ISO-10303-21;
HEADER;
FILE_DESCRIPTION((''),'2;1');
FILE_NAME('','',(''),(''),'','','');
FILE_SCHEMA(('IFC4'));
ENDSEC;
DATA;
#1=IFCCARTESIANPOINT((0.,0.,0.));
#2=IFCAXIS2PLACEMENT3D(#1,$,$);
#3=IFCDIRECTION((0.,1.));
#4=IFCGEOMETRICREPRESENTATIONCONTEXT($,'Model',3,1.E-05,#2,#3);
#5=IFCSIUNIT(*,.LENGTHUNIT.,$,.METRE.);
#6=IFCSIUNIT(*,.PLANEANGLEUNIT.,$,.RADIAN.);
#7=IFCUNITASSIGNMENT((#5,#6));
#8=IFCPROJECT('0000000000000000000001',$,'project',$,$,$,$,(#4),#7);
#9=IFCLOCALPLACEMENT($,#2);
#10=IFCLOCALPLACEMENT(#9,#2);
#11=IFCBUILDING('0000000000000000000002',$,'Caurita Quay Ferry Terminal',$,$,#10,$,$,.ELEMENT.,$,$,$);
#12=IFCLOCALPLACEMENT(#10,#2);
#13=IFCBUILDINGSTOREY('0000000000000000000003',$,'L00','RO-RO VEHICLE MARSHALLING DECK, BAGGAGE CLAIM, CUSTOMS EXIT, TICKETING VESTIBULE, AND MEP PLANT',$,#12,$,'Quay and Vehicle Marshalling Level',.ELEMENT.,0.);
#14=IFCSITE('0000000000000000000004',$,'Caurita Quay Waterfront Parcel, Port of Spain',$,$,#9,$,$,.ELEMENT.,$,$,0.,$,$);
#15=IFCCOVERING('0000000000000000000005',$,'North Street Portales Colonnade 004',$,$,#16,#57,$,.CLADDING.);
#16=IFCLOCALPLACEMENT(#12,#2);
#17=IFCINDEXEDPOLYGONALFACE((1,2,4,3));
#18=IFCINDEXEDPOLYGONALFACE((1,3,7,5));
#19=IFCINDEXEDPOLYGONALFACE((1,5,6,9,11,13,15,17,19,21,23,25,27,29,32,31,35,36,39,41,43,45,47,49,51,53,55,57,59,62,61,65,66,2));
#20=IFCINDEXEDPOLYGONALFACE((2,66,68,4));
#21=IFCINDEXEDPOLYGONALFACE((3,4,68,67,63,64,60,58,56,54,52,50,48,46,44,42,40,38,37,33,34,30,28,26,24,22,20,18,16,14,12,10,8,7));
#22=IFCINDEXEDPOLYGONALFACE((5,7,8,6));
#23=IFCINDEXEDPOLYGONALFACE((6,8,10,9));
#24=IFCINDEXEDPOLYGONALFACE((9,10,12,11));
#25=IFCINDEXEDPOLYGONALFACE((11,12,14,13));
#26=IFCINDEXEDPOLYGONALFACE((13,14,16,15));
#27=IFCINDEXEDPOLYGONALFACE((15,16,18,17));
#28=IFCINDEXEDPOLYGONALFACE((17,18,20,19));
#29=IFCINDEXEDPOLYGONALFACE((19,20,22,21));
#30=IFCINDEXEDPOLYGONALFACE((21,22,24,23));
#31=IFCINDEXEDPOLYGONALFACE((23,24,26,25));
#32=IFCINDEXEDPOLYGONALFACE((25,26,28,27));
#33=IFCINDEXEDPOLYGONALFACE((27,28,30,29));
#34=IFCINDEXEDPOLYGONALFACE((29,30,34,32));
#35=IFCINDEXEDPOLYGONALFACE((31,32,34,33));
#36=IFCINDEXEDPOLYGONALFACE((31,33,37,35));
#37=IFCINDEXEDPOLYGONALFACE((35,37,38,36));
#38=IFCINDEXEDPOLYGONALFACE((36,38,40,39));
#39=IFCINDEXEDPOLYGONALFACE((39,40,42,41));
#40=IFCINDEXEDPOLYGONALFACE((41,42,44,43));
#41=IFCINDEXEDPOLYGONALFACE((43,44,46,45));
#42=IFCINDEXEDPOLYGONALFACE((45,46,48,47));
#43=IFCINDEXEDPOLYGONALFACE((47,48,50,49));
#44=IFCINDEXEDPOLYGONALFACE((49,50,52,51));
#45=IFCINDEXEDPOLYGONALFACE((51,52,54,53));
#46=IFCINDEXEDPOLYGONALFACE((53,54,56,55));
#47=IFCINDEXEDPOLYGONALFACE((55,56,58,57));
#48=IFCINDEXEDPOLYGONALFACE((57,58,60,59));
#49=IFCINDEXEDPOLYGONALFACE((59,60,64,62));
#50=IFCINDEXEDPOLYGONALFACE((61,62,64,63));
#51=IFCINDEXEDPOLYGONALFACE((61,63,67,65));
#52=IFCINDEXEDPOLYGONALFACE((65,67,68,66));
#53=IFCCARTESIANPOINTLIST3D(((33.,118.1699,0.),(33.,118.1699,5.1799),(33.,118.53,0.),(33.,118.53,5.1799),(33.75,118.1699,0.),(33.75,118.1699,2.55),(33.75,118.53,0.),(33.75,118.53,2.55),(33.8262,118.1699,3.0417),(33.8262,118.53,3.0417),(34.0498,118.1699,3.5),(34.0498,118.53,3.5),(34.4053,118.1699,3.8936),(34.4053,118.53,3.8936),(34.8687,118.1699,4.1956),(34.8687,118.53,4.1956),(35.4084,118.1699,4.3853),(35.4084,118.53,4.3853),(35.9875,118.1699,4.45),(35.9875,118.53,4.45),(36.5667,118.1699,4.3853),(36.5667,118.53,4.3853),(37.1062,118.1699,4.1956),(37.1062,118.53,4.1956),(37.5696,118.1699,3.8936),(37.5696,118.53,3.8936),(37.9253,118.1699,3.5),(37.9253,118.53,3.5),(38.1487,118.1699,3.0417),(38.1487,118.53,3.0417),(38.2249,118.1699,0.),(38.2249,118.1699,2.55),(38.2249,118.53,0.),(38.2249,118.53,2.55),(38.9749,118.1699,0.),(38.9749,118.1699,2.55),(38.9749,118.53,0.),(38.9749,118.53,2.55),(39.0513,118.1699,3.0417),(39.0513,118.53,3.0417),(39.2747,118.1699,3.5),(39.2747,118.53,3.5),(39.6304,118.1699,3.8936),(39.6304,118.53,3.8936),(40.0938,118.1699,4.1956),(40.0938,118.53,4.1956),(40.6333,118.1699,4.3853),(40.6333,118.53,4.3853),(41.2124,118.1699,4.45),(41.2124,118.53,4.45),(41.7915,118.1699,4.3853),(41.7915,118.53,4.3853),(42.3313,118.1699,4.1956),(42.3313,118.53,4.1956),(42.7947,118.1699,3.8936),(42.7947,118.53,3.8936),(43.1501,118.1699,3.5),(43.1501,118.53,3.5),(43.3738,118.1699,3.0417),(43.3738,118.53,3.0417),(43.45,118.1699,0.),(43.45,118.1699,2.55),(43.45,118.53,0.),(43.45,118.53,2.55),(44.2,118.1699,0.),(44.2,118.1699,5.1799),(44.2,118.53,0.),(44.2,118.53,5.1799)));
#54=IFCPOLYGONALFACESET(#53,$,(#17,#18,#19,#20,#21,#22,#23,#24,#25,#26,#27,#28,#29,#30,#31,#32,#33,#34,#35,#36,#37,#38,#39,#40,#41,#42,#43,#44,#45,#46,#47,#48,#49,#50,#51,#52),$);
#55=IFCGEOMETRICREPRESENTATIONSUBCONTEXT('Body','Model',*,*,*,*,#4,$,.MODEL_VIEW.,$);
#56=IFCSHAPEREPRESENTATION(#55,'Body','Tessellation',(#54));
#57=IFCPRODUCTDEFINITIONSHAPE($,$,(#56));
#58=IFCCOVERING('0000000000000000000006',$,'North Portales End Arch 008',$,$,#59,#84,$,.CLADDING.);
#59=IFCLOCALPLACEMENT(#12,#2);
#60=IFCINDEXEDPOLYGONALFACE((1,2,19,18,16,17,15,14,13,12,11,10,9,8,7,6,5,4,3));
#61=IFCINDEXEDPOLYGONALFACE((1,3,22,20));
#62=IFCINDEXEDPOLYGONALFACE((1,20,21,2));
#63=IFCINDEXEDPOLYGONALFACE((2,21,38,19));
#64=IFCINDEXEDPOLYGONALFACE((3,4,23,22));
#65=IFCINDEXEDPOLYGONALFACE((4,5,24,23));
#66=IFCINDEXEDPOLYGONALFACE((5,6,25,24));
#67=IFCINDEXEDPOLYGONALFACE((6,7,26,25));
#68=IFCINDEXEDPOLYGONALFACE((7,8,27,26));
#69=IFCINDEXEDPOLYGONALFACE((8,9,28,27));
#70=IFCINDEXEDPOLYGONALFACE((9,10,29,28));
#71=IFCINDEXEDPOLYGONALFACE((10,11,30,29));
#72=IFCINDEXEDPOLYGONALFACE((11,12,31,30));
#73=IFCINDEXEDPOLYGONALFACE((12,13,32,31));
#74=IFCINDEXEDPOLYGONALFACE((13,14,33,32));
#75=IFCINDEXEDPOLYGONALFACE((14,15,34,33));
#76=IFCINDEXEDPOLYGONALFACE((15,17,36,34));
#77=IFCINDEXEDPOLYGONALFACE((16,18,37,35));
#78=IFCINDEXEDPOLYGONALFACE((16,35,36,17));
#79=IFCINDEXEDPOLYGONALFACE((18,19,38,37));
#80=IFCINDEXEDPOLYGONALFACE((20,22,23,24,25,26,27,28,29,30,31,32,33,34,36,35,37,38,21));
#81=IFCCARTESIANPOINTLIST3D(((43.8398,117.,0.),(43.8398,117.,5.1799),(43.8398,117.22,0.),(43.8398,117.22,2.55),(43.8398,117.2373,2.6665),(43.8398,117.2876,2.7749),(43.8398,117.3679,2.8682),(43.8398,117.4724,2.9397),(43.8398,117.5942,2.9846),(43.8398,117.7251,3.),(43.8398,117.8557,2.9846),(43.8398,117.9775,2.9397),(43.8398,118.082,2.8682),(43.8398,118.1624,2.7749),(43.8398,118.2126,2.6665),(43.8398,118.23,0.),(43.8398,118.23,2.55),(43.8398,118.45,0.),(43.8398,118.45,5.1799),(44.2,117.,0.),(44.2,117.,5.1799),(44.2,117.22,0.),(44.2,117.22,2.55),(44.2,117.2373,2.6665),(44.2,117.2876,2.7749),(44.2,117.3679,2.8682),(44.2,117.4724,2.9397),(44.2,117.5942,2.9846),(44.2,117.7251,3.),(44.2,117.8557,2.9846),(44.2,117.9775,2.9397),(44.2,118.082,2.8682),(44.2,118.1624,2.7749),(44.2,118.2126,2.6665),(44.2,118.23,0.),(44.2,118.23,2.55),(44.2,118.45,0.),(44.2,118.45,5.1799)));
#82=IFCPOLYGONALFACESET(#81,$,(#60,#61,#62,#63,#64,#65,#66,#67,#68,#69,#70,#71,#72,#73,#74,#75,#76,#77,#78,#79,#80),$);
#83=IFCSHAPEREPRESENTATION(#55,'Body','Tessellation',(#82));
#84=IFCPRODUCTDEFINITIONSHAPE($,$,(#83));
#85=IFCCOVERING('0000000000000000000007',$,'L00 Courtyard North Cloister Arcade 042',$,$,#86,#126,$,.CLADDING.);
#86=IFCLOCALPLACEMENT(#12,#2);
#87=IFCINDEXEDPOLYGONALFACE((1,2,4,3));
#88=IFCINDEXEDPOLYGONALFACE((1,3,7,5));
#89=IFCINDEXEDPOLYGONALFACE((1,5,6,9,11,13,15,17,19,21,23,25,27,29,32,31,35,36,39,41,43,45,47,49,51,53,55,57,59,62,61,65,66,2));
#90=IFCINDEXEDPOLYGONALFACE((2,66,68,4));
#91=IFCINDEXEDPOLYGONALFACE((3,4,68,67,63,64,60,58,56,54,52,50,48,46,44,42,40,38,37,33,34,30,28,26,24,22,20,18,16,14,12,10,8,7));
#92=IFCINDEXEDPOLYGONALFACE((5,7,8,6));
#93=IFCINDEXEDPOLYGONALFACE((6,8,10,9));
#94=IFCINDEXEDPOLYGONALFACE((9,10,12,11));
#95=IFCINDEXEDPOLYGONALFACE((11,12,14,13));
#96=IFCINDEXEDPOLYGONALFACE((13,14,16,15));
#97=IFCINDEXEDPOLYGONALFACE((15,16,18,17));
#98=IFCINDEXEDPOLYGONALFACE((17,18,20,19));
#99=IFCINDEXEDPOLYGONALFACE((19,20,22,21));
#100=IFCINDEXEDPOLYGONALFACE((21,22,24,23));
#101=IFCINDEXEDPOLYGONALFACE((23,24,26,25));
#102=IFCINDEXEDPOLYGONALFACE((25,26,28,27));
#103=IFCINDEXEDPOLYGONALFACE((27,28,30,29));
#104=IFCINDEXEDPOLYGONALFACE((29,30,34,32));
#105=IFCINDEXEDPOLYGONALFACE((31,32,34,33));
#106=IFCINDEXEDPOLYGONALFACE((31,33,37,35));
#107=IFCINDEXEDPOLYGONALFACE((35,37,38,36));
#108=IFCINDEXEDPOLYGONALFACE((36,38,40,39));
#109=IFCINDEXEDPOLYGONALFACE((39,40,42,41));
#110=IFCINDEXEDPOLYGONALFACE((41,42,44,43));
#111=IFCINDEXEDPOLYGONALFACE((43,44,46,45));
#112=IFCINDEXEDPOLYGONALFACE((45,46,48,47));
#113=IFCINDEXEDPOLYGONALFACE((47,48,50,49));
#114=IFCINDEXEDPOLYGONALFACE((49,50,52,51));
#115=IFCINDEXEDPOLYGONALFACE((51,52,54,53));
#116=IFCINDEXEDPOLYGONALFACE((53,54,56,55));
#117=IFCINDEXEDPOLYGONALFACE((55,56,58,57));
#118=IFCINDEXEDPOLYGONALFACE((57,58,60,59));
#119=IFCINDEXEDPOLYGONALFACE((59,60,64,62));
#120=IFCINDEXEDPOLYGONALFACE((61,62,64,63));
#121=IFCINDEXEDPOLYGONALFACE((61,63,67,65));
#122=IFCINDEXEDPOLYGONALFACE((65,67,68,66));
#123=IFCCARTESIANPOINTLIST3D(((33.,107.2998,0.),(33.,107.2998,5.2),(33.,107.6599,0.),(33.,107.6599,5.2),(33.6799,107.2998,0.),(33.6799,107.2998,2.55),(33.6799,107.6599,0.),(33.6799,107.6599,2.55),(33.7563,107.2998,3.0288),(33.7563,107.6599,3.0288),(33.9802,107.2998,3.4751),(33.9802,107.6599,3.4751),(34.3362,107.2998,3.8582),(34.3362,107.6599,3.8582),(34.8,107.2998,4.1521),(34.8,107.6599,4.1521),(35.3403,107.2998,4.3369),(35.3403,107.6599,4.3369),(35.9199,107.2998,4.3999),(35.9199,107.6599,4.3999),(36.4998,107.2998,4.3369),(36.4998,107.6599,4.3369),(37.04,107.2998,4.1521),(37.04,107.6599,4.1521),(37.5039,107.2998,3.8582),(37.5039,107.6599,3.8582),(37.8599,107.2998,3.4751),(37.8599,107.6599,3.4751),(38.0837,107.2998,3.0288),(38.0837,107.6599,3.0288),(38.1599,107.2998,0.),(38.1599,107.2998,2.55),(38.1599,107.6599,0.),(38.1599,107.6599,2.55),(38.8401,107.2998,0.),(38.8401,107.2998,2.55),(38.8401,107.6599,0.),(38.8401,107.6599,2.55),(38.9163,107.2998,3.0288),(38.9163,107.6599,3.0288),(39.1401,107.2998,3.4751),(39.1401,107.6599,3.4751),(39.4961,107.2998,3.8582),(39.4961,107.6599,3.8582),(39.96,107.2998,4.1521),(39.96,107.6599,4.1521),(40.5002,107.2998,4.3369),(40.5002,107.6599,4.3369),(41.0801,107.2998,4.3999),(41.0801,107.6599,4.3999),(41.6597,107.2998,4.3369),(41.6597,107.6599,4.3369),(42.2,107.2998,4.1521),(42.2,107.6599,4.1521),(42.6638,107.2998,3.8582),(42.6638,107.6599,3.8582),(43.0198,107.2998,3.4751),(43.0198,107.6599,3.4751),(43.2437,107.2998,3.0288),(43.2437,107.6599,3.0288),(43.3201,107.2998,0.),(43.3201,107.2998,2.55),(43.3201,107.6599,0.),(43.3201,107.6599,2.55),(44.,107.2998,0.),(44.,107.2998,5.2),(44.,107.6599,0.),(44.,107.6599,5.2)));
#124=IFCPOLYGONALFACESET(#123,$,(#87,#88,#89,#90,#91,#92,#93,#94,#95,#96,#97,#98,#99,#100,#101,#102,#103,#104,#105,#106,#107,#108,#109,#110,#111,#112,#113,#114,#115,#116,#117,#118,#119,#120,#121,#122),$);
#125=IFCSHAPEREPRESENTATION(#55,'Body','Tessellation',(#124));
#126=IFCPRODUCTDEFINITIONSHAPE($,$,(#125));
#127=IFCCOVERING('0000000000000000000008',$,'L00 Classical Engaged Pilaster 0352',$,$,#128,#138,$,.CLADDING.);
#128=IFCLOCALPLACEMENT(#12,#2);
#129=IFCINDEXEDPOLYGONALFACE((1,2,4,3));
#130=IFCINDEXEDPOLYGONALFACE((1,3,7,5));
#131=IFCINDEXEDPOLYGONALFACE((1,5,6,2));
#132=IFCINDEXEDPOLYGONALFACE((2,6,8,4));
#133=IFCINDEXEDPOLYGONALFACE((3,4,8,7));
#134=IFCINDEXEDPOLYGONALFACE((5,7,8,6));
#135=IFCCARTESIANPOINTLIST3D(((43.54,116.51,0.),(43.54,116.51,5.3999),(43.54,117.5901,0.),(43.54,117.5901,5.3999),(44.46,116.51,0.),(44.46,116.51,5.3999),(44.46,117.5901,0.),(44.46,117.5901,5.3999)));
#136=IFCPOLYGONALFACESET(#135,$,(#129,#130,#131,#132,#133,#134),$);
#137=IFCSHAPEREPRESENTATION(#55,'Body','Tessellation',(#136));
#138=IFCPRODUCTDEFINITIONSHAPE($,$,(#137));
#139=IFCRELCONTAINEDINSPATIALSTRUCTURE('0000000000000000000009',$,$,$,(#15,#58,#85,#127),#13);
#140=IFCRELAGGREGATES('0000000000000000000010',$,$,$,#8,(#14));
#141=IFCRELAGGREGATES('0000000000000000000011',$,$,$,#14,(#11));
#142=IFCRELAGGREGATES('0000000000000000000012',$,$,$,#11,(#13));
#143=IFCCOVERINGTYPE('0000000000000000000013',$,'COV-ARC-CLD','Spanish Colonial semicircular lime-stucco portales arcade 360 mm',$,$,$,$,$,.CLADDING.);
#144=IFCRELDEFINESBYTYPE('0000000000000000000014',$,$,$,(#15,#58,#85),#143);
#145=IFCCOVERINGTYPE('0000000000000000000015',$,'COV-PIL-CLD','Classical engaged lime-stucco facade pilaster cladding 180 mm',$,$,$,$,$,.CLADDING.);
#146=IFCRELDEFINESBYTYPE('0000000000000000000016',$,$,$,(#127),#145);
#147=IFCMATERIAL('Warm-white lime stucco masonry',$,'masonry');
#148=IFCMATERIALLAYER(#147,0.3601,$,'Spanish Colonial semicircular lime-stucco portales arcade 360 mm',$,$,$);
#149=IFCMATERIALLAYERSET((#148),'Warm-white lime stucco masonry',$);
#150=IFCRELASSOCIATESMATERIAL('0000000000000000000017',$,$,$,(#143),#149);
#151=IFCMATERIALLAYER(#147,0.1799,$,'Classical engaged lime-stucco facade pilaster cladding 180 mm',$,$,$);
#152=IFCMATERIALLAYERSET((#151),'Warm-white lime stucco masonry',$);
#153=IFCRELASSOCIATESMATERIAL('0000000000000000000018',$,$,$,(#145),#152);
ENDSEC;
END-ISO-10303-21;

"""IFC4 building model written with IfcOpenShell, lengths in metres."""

from ifc_helpers import new_model, si_unit, direction, frame, origin, origin_2d, place, context, subcontext, project, spatial, polyline, rectangle, outline, extrude, material, layer, layer_set, type_object, element, save


model = new_model("IFC4")

# Units and contexts
model_context = context("Model", 3, precision=1e-05, world=origin(), true_north=direction((0.0, 1.0)))
body_context = subcontext(model_context, "Body", "Model", "MODEL_VIEW")
ifc_project = project(units=[si_unit("LENGTHUNIT", "METRE"), si_unit("PLANEANGLEUNIT", "RADIAN")], contexts=[model_context])

# Site, building, storey
site_placement = place(None, origin())
site = spatial("IfcSite", under=ifc_project, at=site_placement, Name="Caurita Quay Waterfront Parcel, Port of Spain", CompositionType="ELEMENT", RefElevation=0.0)
building_placement = place(site_placement, origin())
building = spatial("IfcBuilding", under=site, at=building_placement, Name="Caurita Quay Ferry Terminal", CompositionType="ELEMENT")
storey_placement = place(building_placement, origin())
storey = spatial("IfcBuildingStorey", under=building, at=storey_placement, Name="L00", Description="RO-RO VEHICLE MARSHALLING DECK, BAGGAGE CLAIM, CUSTOMS EXIT, TICKETING VESTIBULE, AND MEP PLANT", LongName="Quay and Vehicle Marshalling Level", CompositionType="ELEMENT", Elevation=0.0)

# Shared definitions
ifc_material_1 = material(Name="Warm-white lime stucco masonry", Category="masonry")

# Coverings
ifc_layer_1 = layer(ifc_material_1, 0.3601, Name="Spanish Colonial semicircular lime-stucco portales arcade 360 mm")
ifc_layer_set_1 = layer_set([ifc_layer_1], Name="Warm-white lime stucco masonry")
covering_type_1 = type_object("IfcCoveringType", Name="COV-ARC-CLD", Description="Spanish Colonial semicircular lime-stucco portales arcade 360 mm", PredefinedType="CLADDING", material=ifc_layer_set_1)
covering_1_placement = place(storey_placement, frame((44.2, 118.3501, 0.0), z_axis=(0.0, 0.0, 1.0), x_axis=(-1.0, 0.0, 0.0)))
element("IfcCovering", 1, at=covering_1_placement, inside=storey, type_object=covering_type_1, Name="North Street Portales Colonnade 004", PredefinedType="CLADDING", context=body_context, shape_type="SweptSolid", body=[
    extrude(outline(polyline([(0.0, 0.0), (0.75, 0.0), (0.75, 2.55), (0.8262, 3.0417), (1.0498, 3.5), (1.4053, 3.8936), (1.8687, 4.1956), (2.4084, 4.3853), (2.9875, 4.45), (3.5667, 4.3853), (4.1062, 4.1956), (4.5696, 3.8936), (4.9253, 3.5), (5.1487, 3.0417), (5.2251, 2.55), (5.2251, 0.0), (5.9751, 0.0), (5.9751, 2.55), (6.0513, 3.0417), (6.2747, 3.5), (6.6304, 3.8936), (7.0938, 4.1956), (7.6333, 4.3853), (8.2124, 4.45), (8.7915, 4.3853), (9.3313, 4.1956), (9.7947, 3.8936), (10.1501, 3.5), (10.3738, 3.0417), (10.45, 2.55), (10.45, 0.0), (11.2, 0.0), (11.2, 5.1799), (0.0, 5.1799), (0.0, 0.0)])), frame((0.0, 0.1802, 0.0), z_axis=(0.0, -1.0, 0.0), x_axis=(1.0, 0.0, 0.0)), (0.0, 0.0, 1.0), 0.3601),
])
covering_2_placement = place(storey_placement, frame((44.02, 117.0, 0.0), z_axis=(0.0, 0.0, 1.0), x_axis=(0.0, 1.0, 0.0)))
element("IfcCovering", 2, at=covering_2_placement, inside=storey, type_object=covering_type_1, Name="North Portales End Arch 008", PredefinedType="CLADDING", context=body_context, shape_type="SweptSolid", body=[
    extrude(outline(polyline([(0.0, 0.0), (0.22, 0.0), (0.22, 2.55), (0.2373, 2.6665), (0.2876, 2.7749), (0.3679, 2.8682), (0.4724, 2.9397), (0.5942, 2.9846), (0.7251, 3.0), (0.8557, 2.9846), (0.9775, 2.9397), (1.082, 2.8682), (1.1624, 2.7749), (1.2126, 2.6665), (1.23, 2.55), (1.23, 0.0), (1.45, 0.0), (1.45, 5.1799), (0.0, 5.1799), (0.0, 0.0)])), frame((0.0, 0.1802, 0.0), z_axis=(0.0, -1.0, 0.0), x_axis=(1.0, 0.0, 0.0)), (0.0, 0.0, 1.0), 0.3601),
])
covering_3_placement = place(storey_placement, frame((44.0, 107.48, 0.0), z_axis=(0.0, 0.0, 1.0), x_axis=(-1.0, 0.0, 0.0)))
element("IfcCovering", 3, at=covering_3_placement, inside=storey, type_object=covering_type_1, Name="L00 Courtyard North Cloister Arcade 042", PredefinedType="CLADDING", context=body_context, shape_type="SweptSolid", body=[
    extrude(outline(polyline([(0.0, 0.0), (0.6799, 0.0), (0.6799, 2.55), (0.7563, 3.0288), (0.9802, 3.4751), (1.3362, 3.8582), (1.8, 4.1521), (2.3403, 4.3369), (2.9199, 4.3999), (3.4998, 4.3369), (4.04, 4.1521), (4.5039, 3.8582), (4.8599, 3.4751), (5.0837, 3.0288), (5.1599, 2.55), (5.1599, 0.0), (5.8401, 0.0), (5.8401, 2.55), (5.9163, 3.0288), (6.1401, 3.4751), (6.4961, 3.8582), (6.96, 4.1521), (7.5002, 4.3369), (8.0801, 4.3999), (8.6597, 4.3369), (9.2, 4.1521), (9.6638, 3.8582), (10.0198, 3.4751), (10.2437, 3.0288), (10.3201, 2.55), (10.3201, 0.0), (11.0, 0.0), (11.0, 5.2), (0.0, 5.2), (0.0, 0.0)])), frame((0.0, 0.1802, 0.0), z_axis=(0.0, -1.0, 0.0), x_axis=(1.0, 0.0, 0.0)), (0.0, 0.0, 1.0), 0.3601),
])
ifc_layer_2 = layer(ifc_material_1, 0.1799, Name="Classical engaged lime-stucco facade pilaster cladding 180 mm")
ifc_layer_set_2 = layer_set([ifc_layer_2], Name="Warm-white lime stucco masonry")
covering_type_2 = type_object("IfcCoveringType", Name="COV-PIL-CLD", Description="Classical engaged lime-stucco facade pilaster cladding 180 mm", PredefinedType="CLADDING", material=ifc_layer_set_2)
covering_4_placement = place(storey_placement, frame((44.0, 117.05, 0.0), z_axis=(0.0, 0.0, 1.0), x_axis=(1.0, 0.0, 0.0)))
element("IfcCovering", 4, at=covering_4_placement, inside=storey, type_object=covering_type_2, Name="L00 Classical Engaged Pilaster 0352", PredefinedType="CLADDING", context=body_context, shape_type="SweptSolid", body=[
    extrude(rectangle(XDim=0.9199, YDim=1.0801, at=origin_2d()), origin(), (0.0, 0.0, 1.0), 5.3999),
])

save(model, "model.ifc")
